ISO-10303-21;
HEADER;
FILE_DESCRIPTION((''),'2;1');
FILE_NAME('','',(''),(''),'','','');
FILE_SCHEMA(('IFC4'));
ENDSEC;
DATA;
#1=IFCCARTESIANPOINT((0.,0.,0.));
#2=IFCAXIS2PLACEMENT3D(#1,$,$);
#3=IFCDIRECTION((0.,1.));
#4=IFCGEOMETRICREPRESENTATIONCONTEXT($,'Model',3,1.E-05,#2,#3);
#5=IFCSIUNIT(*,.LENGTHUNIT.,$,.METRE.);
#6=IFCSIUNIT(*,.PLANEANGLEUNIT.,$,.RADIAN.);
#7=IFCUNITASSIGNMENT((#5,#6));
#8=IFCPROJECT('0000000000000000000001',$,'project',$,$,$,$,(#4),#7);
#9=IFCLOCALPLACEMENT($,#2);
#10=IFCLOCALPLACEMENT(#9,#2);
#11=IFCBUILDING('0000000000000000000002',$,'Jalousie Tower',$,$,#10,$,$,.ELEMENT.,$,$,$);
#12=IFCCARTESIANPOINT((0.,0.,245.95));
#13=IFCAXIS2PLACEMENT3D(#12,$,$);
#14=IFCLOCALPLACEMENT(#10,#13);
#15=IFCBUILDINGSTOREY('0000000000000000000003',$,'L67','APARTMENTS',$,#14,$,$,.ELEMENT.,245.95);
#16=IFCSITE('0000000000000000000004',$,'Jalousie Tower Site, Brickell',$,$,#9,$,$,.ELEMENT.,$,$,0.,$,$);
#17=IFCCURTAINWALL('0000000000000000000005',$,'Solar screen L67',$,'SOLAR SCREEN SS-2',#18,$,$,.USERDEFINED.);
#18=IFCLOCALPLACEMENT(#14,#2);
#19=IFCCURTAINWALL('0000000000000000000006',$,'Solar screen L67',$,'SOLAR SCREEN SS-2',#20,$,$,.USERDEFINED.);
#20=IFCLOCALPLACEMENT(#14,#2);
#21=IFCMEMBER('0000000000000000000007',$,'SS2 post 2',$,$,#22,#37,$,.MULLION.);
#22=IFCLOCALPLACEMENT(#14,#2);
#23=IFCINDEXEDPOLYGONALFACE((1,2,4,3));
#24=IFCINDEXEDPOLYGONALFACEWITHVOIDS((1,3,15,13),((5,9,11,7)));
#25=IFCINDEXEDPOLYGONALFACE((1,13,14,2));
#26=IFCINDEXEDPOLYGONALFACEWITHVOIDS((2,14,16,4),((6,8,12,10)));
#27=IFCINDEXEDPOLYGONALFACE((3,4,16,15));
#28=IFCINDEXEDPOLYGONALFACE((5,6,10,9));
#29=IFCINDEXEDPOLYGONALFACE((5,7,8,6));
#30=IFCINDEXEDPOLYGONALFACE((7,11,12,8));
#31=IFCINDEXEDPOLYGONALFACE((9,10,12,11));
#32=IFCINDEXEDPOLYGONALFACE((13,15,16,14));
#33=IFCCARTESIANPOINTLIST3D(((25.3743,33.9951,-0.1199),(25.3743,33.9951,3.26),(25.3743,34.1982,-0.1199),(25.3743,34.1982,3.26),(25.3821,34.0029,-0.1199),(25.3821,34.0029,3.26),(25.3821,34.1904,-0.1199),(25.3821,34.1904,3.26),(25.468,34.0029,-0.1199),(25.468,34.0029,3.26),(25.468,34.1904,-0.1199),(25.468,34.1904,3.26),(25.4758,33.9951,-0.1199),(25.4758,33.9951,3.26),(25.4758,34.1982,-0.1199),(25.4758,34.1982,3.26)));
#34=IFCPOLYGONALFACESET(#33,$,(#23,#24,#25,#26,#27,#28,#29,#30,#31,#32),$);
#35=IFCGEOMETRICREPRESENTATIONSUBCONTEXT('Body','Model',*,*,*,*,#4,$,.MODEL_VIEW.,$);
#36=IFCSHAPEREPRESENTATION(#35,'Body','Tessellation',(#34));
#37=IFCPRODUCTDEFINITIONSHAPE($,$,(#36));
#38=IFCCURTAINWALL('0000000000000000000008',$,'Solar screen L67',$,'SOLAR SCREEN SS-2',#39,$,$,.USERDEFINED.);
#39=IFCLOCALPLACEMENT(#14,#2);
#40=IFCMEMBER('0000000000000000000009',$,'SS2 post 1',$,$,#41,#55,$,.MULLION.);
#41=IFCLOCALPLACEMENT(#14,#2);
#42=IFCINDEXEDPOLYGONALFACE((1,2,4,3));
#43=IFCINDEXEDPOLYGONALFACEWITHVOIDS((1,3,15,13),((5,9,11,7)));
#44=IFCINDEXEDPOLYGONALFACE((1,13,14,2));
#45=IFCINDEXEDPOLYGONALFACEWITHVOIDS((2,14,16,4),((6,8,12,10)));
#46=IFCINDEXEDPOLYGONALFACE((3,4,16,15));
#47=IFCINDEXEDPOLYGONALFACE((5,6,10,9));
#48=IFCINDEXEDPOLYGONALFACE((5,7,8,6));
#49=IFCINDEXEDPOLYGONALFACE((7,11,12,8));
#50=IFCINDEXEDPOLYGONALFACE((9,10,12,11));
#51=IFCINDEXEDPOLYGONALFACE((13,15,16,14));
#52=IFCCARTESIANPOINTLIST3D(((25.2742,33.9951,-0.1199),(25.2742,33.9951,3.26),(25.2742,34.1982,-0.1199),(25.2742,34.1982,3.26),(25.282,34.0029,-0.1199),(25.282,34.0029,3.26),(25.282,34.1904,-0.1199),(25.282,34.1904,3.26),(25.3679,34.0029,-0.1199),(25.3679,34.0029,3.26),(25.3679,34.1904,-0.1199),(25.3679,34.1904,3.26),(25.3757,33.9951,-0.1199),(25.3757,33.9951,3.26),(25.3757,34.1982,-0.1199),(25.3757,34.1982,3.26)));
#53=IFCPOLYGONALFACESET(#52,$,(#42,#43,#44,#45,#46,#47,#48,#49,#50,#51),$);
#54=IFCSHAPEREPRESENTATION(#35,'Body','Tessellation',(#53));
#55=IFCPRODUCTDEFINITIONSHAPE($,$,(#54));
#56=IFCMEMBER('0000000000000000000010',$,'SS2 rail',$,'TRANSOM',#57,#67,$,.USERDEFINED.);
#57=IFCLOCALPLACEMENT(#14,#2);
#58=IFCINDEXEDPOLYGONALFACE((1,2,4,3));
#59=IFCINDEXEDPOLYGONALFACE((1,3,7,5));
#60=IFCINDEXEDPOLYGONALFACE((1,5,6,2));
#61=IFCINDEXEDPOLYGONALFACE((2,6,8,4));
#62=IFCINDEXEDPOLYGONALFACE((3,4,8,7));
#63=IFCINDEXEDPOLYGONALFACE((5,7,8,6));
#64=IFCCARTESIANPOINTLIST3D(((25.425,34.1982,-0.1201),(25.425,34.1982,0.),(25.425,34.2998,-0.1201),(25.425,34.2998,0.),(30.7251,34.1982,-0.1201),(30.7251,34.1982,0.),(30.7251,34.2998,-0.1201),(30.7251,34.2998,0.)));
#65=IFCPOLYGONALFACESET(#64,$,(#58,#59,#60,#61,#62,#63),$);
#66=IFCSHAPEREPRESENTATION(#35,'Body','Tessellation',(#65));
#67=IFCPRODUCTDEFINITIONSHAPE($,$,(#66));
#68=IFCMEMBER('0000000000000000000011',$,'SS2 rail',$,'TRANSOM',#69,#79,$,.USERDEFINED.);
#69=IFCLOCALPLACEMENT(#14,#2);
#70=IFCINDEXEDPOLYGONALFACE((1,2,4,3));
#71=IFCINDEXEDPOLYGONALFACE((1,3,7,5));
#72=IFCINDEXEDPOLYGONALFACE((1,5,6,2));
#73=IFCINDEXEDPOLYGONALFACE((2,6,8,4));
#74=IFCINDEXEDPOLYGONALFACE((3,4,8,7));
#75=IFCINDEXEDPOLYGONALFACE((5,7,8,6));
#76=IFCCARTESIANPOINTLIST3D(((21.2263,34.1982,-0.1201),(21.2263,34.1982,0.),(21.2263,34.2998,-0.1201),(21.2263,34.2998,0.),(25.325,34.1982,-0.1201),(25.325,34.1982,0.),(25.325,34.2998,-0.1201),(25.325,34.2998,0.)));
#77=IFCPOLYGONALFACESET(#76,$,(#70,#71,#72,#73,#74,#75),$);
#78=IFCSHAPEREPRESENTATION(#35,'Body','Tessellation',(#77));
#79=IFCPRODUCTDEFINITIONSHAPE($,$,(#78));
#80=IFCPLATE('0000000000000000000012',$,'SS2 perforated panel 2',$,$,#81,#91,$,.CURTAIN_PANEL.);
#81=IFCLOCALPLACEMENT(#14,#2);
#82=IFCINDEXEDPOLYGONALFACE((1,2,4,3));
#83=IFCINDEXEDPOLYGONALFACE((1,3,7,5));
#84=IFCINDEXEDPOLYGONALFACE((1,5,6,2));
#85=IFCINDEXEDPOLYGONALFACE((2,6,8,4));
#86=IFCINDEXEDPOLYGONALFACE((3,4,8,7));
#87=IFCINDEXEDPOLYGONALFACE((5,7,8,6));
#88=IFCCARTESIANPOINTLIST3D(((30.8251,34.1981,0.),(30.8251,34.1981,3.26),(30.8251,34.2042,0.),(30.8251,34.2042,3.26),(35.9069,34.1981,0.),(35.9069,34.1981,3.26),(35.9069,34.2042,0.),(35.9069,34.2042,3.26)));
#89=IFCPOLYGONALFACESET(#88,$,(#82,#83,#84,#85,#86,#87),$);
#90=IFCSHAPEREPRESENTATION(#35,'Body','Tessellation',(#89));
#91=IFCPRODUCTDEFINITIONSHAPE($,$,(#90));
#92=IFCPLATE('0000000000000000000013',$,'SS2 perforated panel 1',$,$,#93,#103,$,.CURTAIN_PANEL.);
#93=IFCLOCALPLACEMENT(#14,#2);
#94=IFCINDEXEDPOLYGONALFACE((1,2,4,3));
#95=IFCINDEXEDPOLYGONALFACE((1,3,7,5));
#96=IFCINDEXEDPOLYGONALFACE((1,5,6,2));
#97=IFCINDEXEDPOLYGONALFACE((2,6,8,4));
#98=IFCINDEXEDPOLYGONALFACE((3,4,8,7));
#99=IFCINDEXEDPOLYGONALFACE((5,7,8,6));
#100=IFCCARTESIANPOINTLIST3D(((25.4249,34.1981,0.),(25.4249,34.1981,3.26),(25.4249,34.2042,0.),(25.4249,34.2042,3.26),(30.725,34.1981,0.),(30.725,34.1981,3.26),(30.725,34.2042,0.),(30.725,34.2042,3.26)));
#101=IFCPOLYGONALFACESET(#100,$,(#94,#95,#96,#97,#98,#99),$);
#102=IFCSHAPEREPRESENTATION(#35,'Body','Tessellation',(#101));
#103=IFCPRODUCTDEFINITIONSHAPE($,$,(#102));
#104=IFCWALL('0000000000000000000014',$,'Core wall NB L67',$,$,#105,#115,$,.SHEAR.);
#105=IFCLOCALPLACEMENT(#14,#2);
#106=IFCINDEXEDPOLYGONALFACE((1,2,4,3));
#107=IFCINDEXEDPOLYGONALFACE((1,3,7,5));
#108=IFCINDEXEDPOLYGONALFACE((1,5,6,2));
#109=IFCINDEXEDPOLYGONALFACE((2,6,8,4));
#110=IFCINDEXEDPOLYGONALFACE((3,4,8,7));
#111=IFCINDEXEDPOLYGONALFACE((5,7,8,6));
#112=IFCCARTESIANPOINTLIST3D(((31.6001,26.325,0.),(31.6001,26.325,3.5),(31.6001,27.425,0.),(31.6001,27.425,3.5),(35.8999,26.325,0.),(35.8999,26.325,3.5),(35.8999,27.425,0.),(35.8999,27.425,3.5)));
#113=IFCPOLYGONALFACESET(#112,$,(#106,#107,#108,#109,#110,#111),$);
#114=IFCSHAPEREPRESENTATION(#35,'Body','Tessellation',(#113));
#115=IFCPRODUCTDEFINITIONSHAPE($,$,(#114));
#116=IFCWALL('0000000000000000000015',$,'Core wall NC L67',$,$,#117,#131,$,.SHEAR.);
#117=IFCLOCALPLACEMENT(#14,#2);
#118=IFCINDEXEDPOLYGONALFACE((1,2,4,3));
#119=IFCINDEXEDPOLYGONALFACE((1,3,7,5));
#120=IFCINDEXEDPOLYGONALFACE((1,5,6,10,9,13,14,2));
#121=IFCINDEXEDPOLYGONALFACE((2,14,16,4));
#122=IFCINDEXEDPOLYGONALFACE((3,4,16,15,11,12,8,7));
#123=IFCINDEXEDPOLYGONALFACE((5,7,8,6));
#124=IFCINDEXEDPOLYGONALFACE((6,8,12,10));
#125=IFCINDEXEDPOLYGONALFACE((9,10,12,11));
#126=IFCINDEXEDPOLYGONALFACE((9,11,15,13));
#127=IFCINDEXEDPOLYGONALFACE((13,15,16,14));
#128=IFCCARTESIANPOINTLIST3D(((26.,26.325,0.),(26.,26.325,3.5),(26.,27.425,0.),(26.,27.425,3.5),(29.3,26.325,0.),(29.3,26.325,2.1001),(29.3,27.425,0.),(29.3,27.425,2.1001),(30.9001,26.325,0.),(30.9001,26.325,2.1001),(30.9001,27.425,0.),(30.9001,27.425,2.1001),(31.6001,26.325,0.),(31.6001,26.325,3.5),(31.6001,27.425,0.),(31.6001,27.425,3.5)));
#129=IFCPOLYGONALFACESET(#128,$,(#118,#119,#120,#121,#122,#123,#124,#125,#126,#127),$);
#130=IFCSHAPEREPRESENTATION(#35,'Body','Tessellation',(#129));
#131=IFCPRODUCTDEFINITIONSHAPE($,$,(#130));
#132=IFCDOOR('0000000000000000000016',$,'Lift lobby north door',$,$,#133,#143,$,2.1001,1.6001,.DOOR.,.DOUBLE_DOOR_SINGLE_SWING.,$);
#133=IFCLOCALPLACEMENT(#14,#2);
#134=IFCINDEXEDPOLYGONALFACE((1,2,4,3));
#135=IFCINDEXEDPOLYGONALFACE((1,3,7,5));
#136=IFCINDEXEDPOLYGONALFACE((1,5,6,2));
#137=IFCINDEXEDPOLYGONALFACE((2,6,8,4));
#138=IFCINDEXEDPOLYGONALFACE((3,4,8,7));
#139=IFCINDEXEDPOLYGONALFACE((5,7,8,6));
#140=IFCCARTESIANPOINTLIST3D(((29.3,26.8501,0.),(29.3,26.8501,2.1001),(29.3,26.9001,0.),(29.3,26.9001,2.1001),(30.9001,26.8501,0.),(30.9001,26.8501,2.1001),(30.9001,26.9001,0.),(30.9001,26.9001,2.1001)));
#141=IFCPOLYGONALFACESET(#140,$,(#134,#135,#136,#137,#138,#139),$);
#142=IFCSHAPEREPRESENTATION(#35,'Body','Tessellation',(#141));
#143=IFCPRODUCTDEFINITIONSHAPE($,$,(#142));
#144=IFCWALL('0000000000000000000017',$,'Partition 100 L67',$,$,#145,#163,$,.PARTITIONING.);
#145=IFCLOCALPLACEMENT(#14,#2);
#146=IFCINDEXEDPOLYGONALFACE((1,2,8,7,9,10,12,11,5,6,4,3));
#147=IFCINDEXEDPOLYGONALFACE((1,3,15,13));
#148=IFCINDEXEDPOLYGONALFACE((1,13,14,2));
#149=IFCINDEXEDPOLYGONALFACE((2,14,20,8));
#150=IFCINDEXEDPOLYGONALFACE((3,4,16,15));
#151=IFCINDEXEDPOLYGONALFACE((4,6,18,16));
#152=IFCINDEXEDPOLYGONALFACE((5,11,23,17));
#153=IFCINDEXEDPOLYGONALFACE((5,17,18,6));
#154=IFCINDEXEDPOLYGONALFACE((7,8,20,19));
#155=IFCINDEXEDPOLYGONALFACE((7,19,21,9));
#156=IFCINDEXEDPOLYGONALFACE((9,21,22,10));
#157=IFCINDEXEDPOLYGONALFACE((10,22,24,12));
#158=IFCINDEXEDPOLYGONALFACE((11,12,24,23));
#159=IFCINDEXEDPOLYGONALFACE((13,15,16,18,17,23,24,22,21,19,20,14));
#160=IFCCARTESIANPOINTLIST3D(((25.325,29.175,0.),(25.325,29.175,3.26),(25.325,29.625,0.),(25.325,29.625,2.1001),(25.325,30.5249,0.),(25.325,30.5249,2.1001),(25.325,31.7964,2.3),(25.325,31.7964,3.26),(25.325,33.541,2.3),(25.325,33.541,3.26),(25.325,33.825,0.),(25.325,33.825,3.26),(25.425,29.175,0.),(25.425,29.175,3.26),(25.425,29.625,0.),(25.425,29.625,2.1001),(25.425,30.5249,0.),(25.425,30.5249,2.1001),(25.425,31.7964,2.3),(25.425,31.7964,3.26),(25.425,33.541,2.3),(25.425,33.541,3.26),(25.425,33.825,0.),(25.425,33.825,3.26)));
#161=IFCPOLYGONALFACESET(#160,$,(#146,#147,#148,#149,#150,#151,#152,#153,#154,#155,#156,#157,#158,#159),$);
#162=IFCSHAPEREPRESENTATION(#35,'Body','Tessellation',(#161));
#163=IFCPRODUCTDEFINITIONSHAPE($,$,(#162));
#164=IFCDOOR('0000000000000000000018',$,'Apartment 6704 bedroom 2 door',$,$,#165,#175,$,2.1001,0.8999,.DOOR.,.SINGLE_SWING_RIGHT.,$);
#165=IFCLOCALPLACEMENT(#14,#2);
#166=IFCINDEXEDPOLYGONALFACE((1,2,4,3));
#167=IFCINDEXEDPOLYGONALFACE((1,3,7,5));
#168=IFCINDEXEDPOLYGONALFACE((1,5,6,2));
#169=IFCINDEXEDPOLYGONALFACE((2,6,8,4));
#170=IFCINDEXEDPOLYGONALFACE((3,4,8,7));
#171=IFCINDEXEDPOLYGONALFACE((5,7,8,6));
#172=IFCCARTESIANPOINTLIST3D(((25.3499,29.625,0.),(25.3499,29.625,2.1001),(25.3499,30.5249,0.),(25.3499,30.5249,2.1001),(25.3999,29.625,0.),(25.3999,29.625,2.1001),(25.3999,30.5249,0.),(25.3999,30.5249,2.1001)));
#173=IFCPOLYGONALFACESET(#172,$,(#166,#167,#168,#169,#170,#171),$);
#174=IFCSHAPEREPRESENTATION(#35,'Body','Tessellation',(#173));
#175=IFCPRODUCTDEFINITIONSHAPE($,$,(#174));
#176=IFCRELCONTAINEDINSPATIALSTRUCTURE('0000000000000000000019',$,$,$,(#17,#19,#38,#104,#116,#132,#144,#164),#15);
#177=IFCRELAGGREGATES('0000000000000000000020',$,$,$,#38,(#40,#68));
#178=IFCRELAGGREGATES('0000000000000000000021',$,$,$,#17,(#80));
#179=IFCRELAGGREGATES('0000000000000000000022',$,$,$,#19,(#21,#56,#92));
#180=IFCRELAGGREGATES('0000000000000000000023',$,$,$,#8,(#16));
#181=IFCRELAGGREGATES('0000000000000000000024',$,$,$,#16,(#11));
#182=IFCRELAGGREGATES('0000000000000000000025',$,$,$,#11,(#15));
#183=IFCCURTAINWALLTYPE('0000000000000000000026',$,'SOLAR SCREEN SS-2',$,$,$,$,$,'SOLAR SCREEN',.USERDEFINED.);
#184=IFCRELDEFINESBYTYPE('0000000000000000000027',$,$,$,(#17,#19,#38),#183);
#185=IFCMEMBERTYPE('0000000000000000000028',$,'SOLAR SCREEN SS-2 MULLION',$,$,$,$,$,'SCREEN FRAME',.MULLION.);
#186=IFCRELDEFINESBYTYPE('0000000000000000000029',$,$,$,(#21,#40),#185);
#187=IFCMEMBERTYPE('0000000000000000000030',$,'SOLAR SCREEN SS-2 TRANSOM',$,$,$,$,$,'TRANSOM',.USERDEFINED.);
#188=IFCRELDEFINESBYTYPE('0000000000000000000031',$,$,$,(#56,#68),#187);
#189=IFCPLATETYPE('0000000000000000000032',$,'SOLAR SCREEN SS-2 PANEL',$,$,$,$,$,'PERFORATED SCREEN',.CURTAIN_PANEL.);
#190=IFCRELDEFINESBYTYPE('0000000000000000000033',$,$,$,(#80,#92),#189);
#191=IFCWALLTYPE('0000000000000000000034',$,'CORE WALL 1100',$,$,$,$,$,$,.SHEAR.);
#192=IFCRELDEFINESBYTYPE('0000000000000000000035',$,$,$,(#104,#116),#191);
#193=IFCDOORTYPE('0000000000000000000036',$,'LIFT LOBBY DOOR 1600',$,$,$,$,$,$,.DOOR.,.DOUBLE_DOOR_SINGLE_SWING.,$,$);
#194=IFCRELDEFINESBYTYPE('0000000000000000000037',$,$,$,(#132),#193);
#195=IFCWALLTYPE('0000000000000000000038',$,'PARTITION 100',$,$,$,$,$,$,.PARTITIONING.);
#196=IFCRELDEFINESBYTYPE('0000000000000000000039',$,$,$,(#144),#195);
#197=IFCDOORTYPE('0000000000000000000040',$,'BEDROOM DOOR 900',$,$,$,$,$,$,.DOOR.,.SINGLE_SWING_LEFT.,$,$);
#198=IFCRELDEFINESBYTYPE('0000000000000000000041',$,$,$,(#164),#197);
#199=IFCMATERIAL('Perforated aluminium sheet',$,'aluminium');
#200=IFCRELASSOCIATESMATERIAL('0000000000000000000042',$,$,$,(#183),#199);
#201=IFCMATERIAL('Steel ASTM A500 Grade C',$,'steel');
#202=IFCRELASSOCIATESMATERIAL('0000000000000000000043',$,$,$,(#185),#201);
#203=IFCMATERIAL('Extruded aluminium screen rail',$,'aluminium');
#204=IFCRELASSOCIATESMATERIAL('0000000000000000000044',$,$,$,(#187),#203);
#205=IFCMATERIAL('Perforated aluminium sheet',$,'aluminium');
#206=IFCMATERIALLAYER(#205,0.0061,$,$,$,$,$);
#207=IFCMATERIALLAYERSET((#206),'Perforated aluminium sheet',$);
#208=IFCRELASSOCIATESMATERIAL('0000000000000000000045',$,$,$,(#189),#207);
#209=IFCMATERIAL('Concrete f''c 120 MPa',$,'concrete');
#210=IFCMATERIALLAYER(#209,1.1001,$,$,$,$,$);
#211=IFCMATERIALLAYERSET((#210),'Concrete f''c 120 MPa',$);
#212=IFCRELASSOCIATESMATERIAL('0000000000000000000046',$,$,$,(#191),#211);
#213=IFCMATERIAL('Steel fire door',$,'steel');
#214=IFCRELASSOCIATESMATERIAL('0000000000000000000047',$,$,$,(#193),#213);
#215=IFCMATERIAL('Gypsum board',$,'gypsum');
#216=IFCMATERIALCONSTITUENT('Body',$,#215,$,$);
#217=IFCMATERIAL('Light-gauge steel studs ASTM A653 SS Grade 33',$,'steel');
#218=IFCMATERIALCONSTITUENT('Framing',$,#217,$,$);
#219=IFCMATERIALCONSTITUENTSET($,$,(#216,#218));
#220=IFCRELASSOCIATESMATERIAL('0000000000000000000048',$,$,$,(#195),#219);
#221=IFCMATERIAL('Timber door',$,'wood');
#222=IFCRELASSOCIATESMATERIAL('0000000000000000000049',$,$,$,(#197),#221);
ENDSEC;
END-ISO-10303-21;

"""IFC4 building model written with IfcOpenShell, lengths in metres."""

from ifc_helpers import new_model, si_unit, direction, frame, frame_2d, origin, origin_2d, place, context, subcontext, project, spatial, polyline, rectangle, hollow_rectangle, outline, extrude, material, layer, layer_set, constituent, constituent_set, material_profile, profile_set, type_object, element, fill, aggregate, save


model = new_model("IFC4")

# Units and contexts
model_context = context("Model", 3, precision=1e-05, world=origin(), true_north=direction((0.0, 1.0)))
body_context = subcontext(model_context, "Body", "Model", "MODEL_VIEW")
ifc_project = project(units=[si_unit("LENGTHUNIT", "METRE"), si_unit("PLANEANGLEUNIT", "RADIAN")], contexts=[model_context])

# Site, building, storey
site_placement = place(None, origin())
site = spatial("IfcSite", under=ifc_project, at=site_placement, Name="Jalousie Tower Site, Brickell", CompositionType="ELEMENT", RefElevation=0.0)
building_placement = place(site_placement, origin())
building = spatial("IfcBuilding", under=site, at=building_placement, Name="Jalousie Tower", CompositionType="ELEMENT")
storey_placement = place(building_placement, frame((0.0, 0.0, 245.95)))
storey = spatial("IfcBuildingStorey", under=building, at=storey_placement, Name="L67", Description="APARTMENTS", CompositionType="ELEMENT", Elevation=245.95)

# Curtain walls, member
ifc_material_1 = material(Name="Perforated aluminium sheet", Category="aluminium")
curtain_wall_type = type_object("IfcCurtainWallType", Name="SOLAR SCREEN SS-2", ElementType="SOLAR SCREEN", PredefinedType="USERDEFINED", material=ifc_material_1)
curtain_wall_1_placement = place(storey_placement, origin())
curtain_wall_1 = element("IfcCurtainWall", 1, at=curtain_wall_1_placement, inside=storey, type_object=curtain_wall_type, Name="Solar screen L67", ObjectType="SOLAR SCREEN SS-2", PredefinedType="USERDEFINED")
ifc_material_2 = material(Name="Steel ASTM A500 Grade C", Category="steel")
ifc_material_profile_1 = material_profile(ifc_material_2, hollow_rectangle(XDim=0.1016, YDim=0.2031, WallThickness=0.0078, at=origin_2d()), Name="HSS8X4X5/16")
ifc_profile_set_1 = profile_set([ifc_material_profile_1], Name="Steel ASTM A500 Grade C")
member_type_1 = type_object("IfcMemberType", Name="SOLAR SCREEN SS-2 MULLION", ElementType="SCREEN FRAME", PredefinedType="MULLION", material=ifc_profile_set_1)
curtain_wall_2_placement = place(storey_placement, origin())
curtain_wall_2 = element("IfcCurtainWall", 2, at=curtain_wall_2_placement, inside=storey, type_object=curtain_wall_type, Name="Solar screen L67", ObjectType="SOLAR SCREEN SS-2", PredefinedType="USERDEFINED")
member_1_placement = place(storey_placement, frame((25.425, 34.0967, -0.1199), z_axis=(0.0, 0.0, 1.0), x_axis=(-1.0, 0.0, 0.0)))
member_1 = element("IfcMember", 3, at=member_1_placement, type_object=member_type_1, Name="SS2 post 2", PredefinedType="MULLION", context=body_context, shape_type="SweptSolid", body=[
    extrude(hollow_rectangle(XDim=0.1016, YDim=0.2031, WallThickness=0.0078, at=origin_2d()), origin(), (0.0, 0.0, 1.0), 3.3799),
])

# Curtain wall, member
curtain_wall_3_placement = place(storey_placement, origin())
curtain_wall_3 = element("IfcCurtainWall", 4, at=curtain_wall_3_placement, inside=storey, type_object=curtain_wall_type, Name="Solar screen L67", ObjectType="SOLAR SCREEN SS-2", PredefinedType="USERDEFINED")
member_2_placement = place(storey_placement, frame((25.325, 34.0967, -0.1199), z_axis=(0.0, 0.0, 1.0), x_axis=(-1.0, 0.0, 0.0)))
member_2 = element("IfcMember", 5, at=member_2_placement, type_object=member_type_1, Name="SS2 post 1", PredefinedType="MULLION", context=body_context, shape_type="SweptSolid", body=[
    extrude(hollow_rectangle(XDim=0.1016, YDim=0.2031, WallThickness=0.0078, at=origin_2d()), origin(), (0.0, 0.0, 1.0), 3.3799),
])

# Members
ifc_material_3 = material(Name="Extruded aluminium screen rail", Category="aluminium")
ifc_material_profile_2 = material_profile(ifc_material_3, rectangle(XDim=0.1016, YDim=0.1201, at=origin_2d()), Name="RAIL 102x120")
ifc_profile_set_2 = profile_set([ifc_material_profile_2], Name="Extruded aluminium screen rail")
member_type_2 = type_object("IfcMemberType", Name="SOLAR SCREEN SS-2 TRANSOM", ElementType="TRANSOM", PredefinedType="USERDEFINED", material=ifc_profile_set_2)
member_3_placement = place(storey_placement, frame((30.7251, 34.249, -0.0601), z_axis=(-1.0, 0.0, 0.0), x_axis=(0.0, -1.0, 0.0)))
member_3 = element("IfcMember", 6, at=member_3_placement, type_object=member_type_2, Name="SS2 rail", ObjectType="TRANSOM", PredefinedType="USERDEFINED", context=body_context, shape_type="SweptSolid", body=[
    extrude(rectangle(XDim=0.1016, YDim=0.1201, at=origin_2d()), origin(), (0.0, 0.0, 1.0), 5.3),
])
member_4_placement = place(storey_placement, frame((25.325, 34.249, -0.0601), z_axis=(-1.0, 0.0, 0.0), x_axis=(0.0, -1.0, 0.0)))
member_4 = element("IfcMember", 7, at=member_4_placement, type_object=member_type_2, Name="SS2 rail", ObjectType="TRANSOM", PredefinedType="USERDEFINED", context=body_context, shape_type="SweptSolid", body=[
    extrude(rectangle(XDim=0.1016, YDim=0.1201, at=origin_2d()), origin(), (0.0, 0.0, 1.0), 4.0986),
])
aggregate(curtain_wall_3, [member_2, member_4])

# Plates
ifc_material_4 = material(Name="Perforated aluminium sheet", Category="aluminium")
ifc_layer_1 = layer(ifc_material_4, 0.0061)
ifc_layer_set_1 = layer_set([ifc_layer_1], Name="Perforated aluminium sheet")
plate_type = type_object("IfcPlateType", Name="SOLAR SCREEN SS-2 PANEL", ElementType="PERFORATED SCREEN", PredefinedType="CURTAIN_PANEL", material=ifc_layer_set_1)
plate_1_placement = place(storey_placement, frame((33.366, 34.2012, 0.0), z_axis=(0.0, 0.0, 1.0), x_axis=(-1.0, 0.0, 0.0)))
plate_1 = element("IfcPlate", 8, at=plate_1_placement, type_object=plate_type, Name="SS2 perforated panel 2", PredefinedType="CURTAIN_PANEL", context=body_context, shape_type="SweptSolid", body=[
    extrude(rectangle(XDim=5.0818, YDim=0.0061, at=origin_2d()), origin(), (0.0, 0.0, 1.0), 3.26),
])
aggregate(curtain_wall_1, [plate_1])
plate_2_placement = place(storey_placement, frame((28.075, 34.2012, 0.0), z_axis=(0.0, 0.0, 1.0), x_axis=(-1.0, 0.0, 0.0)))
plate_2 = element("IfcPlate", 9, at=plate_2_placement, type_object=plate_type, Name="SS2 perforated panel 1", PredefinedType="CURTAIN_PANEL", context=body_context, shape_type="SweptSolid", body=[
    extrude(rectangle(XDim=5.3, YDim=0.0061, at=origin_2d()), origin(), (0.0, 0.0, 1.0), 3.26),
])
aggregate(curtain_wall_2, [member_1, member_3, plate_2])

# Wall
ifc_material_5 = material(Name="Concrete f'c 120 MPa", Category="concrete")
ifc_layer_2 = layer(ifc_material_5, 1.1001)
ifc_layer_set_2 = layer_set([ifc_layer_2], Name="Concrete f'c 120 MPa")
wall_type_1 = type_object("IfcWallType", Name="CORE WALL 1100", PredefinedType="SHEAR", material=ifc_layer_set_2)
wall_1_placement = place(storey_placement, frame((35.8999, 26.875, 0.0), z_axis=(0.0, 0.0, 1.0), x_axis=(-1.0, 0.0, 0.0)))
element("IfcWall", 10, at=wall_1_placement, inside=storey, type_object=wall_type_1, Name="Core wall NB L67", PredefinedType="SHEAR", context=body_context, shape_type="SweptSolid", body=[
    extrude(rectangle(XDim=4.2998, YDim=1.1001, at=frame_2d((2.1499, 0.0))), origin(), (0.0, 0.0, 1.0), 3.5),
])

# Walls, openings, doors
wall_2_placement = place(storey_placement, frame((31.6001, 26.875, 0.0), z_axis=(0.0, 0.0, 1.0), x_axis=(-1.0, 0.0, 0.0)))
wall_2 = element("IfcWall", 11, at=wall_2_placement, inside=storey, type_object=wall_type_1, Name="Core wall NC L67", PredefinedType="SHEAR", context=body_context, shape_type="SweptSolid", body=[
    extrude(rectangle(XDim=5.6001, YDim=1.1001, at=frame_2d((2.8, 0.0))), origin(), (0.0, 0.0, 1.0), 3.5),
])
opening_1_placement = place(wall_2_placement, frame((0.7, 0.0, 0.0)))
opening_1 = element("IfcOpeningElement", 12, at=opening_1_placement, cuts=wall_2, PredefinedType="OPENING", context=body_context, shape_type="SweptSolid", body=[
    extrude(rectangle(XDim=1.6001, YDim=2.1001, at=frame_2d((0.8, 1.05))), frame((0.0, 0.5601, 0.0), z_axis=(0.0, -1.0, 0.0), x_axis=(1.0, 0.0, 0.0)), (0.0, 0.0, 1.0), 1.1201),
])
ifc_material_6 = material(Name="Steel fire door", Category="steel")
door_type_1 = type_object("IfcDoorType", Name="LIFT LOBBY DOOR 1600", OperationType="DOUBLE_DOOR_SINGLE_SWING", PredefinedType="DOOR", material=ifc_material_6)
door_1_placement = place(opening_1_placement, origin())
door_1 = element("IfcDoor", 13, at=door_1_placement, inside=storey, type_object=door_type_1, Name="Lift lobby north door", OperationType="DOUBLE_DOOR_SINGLE_SWING", OverallHeight=2.1001, OverallWidth=1.6001, PredefinedType="DOOR", context=body_context, shape_type="SweptSolid", body=[
    extrude(rectangle(XDim=1.6001, YDim=2.1001, at=frame_2d((0.8, 1.05))), frame((0.0, 0.0249, 0.0), z_axis=(0.0, -1.0, 0.0), x_axis=(1.0, 0.0, 0.0)), (0.0, 0.0, 1.0), 0.05),
])
fill(opening_1, door_1)
ifc_material_7 = material(Name="Gypsum board", Category="gypsum")
ifc_constituent_1 = constituent(ifc_material_7, Name="Body")
ifc_material_8 = material(Name="Light-gauge steel studs ASTM A653 SS Grade 33", Category="steel")
ifc_constituent_2 = constituent(ifc_material_8, Name="Framing")
ifc_constituent_set = constituent_set(constituents=[ifc_constituent_1, ifc_constituent_2])
wall_type_2 = type_object("IfcWallType", Name="PARTITION 100", PredefinedType="PARTITIONING", material=ifc_constituent_set)
wall_3_placement = place(storey_placement, frame((25.375, 33.825, 0.0), z_axis=(0.0, 0.0, 1.0), x_axis=(0.0, -1.0, 0.0)))
wall_3 = element("IfcWall", 14, at=wall_3_placement, inside=storey, type_object=wall_type_2, Name="Partition 100 L67", PredefinedType="PARTITIONING", context=body_context, shape_type="SweptSolid", body=[
    extrude(outline(polyline([(0.0, 0.0), (4.6499, 0.0), (4.6499, 3.26), (2.0286, 3.26), (2.0286, 2.3), (0.2839, 2.3), (0.2839, 3.26), (0.0, 3.26), (0.0, 0.0)])), frame((0.0, 0.05, 0.0), z_axis=(0.0, -1.0, 0.0), x_axis=(1.0, 0.0, 0.0)), (0.0, 0.0, 1.0), 0.1001),
])
opening_2_placement = place(wall_3_placement, frame((3.3, 0.0, 0.0)))
opening_2 = element("IfcOpeningElement", 15, at=opening_2_placement, cuts=wall_3, PredefinedType="OPENING", context=body_context, shape_type="SweptSolid", body=[
    extrude(rectangle(XDim=0.8999, YDim=2.1001, at=frame_2d((0.45, 1.05))), frame((0.0, 0.0601, 0.0), z_axis=(0.0, -1.0, 0.0), x_axis=(1.0, 0.0, 0.0)), (0.0, 0.0, 1.0), 0.1201),
])
ifc_material_9 = material(Name="Timber door", Category="wood")
door_type_2 = type_object("IfcDoorType", Name="BEDROOM DOOR 900", OperationType="SINGLE_SWING_LEFT", PredefinedType="DOOR", material=ifc_material_9)
door_2_placement = place(opening_2_placement, origin())
door_2 = element("IfcDoor", 16, at=door_2_placement, inside=storey, type_object=door_type_2, Name="Apartment 6704 bedroom 2 door", OperationType="SINGLE_SWING_RIGHT", OverallHeight=2.1001, OverallWidth=0.8999, PredefinedType="DOOR", context=body_context, shape_type="SweptSolid", body=[
    extrude(rectangle(XDim=0.8999, YDim=2.1001, at=frame_2d((0.45, 1.05))), frame((0.0, 0.0249, 0.0), z_axis=(0.0, -1.0, 0.0), x_axis=(1.0, 0.0, 0.0)), (0.0, 0.0, 1.0), 0.05),
])
fill(opening_2, door_2)

save(model, "model.ifc")
